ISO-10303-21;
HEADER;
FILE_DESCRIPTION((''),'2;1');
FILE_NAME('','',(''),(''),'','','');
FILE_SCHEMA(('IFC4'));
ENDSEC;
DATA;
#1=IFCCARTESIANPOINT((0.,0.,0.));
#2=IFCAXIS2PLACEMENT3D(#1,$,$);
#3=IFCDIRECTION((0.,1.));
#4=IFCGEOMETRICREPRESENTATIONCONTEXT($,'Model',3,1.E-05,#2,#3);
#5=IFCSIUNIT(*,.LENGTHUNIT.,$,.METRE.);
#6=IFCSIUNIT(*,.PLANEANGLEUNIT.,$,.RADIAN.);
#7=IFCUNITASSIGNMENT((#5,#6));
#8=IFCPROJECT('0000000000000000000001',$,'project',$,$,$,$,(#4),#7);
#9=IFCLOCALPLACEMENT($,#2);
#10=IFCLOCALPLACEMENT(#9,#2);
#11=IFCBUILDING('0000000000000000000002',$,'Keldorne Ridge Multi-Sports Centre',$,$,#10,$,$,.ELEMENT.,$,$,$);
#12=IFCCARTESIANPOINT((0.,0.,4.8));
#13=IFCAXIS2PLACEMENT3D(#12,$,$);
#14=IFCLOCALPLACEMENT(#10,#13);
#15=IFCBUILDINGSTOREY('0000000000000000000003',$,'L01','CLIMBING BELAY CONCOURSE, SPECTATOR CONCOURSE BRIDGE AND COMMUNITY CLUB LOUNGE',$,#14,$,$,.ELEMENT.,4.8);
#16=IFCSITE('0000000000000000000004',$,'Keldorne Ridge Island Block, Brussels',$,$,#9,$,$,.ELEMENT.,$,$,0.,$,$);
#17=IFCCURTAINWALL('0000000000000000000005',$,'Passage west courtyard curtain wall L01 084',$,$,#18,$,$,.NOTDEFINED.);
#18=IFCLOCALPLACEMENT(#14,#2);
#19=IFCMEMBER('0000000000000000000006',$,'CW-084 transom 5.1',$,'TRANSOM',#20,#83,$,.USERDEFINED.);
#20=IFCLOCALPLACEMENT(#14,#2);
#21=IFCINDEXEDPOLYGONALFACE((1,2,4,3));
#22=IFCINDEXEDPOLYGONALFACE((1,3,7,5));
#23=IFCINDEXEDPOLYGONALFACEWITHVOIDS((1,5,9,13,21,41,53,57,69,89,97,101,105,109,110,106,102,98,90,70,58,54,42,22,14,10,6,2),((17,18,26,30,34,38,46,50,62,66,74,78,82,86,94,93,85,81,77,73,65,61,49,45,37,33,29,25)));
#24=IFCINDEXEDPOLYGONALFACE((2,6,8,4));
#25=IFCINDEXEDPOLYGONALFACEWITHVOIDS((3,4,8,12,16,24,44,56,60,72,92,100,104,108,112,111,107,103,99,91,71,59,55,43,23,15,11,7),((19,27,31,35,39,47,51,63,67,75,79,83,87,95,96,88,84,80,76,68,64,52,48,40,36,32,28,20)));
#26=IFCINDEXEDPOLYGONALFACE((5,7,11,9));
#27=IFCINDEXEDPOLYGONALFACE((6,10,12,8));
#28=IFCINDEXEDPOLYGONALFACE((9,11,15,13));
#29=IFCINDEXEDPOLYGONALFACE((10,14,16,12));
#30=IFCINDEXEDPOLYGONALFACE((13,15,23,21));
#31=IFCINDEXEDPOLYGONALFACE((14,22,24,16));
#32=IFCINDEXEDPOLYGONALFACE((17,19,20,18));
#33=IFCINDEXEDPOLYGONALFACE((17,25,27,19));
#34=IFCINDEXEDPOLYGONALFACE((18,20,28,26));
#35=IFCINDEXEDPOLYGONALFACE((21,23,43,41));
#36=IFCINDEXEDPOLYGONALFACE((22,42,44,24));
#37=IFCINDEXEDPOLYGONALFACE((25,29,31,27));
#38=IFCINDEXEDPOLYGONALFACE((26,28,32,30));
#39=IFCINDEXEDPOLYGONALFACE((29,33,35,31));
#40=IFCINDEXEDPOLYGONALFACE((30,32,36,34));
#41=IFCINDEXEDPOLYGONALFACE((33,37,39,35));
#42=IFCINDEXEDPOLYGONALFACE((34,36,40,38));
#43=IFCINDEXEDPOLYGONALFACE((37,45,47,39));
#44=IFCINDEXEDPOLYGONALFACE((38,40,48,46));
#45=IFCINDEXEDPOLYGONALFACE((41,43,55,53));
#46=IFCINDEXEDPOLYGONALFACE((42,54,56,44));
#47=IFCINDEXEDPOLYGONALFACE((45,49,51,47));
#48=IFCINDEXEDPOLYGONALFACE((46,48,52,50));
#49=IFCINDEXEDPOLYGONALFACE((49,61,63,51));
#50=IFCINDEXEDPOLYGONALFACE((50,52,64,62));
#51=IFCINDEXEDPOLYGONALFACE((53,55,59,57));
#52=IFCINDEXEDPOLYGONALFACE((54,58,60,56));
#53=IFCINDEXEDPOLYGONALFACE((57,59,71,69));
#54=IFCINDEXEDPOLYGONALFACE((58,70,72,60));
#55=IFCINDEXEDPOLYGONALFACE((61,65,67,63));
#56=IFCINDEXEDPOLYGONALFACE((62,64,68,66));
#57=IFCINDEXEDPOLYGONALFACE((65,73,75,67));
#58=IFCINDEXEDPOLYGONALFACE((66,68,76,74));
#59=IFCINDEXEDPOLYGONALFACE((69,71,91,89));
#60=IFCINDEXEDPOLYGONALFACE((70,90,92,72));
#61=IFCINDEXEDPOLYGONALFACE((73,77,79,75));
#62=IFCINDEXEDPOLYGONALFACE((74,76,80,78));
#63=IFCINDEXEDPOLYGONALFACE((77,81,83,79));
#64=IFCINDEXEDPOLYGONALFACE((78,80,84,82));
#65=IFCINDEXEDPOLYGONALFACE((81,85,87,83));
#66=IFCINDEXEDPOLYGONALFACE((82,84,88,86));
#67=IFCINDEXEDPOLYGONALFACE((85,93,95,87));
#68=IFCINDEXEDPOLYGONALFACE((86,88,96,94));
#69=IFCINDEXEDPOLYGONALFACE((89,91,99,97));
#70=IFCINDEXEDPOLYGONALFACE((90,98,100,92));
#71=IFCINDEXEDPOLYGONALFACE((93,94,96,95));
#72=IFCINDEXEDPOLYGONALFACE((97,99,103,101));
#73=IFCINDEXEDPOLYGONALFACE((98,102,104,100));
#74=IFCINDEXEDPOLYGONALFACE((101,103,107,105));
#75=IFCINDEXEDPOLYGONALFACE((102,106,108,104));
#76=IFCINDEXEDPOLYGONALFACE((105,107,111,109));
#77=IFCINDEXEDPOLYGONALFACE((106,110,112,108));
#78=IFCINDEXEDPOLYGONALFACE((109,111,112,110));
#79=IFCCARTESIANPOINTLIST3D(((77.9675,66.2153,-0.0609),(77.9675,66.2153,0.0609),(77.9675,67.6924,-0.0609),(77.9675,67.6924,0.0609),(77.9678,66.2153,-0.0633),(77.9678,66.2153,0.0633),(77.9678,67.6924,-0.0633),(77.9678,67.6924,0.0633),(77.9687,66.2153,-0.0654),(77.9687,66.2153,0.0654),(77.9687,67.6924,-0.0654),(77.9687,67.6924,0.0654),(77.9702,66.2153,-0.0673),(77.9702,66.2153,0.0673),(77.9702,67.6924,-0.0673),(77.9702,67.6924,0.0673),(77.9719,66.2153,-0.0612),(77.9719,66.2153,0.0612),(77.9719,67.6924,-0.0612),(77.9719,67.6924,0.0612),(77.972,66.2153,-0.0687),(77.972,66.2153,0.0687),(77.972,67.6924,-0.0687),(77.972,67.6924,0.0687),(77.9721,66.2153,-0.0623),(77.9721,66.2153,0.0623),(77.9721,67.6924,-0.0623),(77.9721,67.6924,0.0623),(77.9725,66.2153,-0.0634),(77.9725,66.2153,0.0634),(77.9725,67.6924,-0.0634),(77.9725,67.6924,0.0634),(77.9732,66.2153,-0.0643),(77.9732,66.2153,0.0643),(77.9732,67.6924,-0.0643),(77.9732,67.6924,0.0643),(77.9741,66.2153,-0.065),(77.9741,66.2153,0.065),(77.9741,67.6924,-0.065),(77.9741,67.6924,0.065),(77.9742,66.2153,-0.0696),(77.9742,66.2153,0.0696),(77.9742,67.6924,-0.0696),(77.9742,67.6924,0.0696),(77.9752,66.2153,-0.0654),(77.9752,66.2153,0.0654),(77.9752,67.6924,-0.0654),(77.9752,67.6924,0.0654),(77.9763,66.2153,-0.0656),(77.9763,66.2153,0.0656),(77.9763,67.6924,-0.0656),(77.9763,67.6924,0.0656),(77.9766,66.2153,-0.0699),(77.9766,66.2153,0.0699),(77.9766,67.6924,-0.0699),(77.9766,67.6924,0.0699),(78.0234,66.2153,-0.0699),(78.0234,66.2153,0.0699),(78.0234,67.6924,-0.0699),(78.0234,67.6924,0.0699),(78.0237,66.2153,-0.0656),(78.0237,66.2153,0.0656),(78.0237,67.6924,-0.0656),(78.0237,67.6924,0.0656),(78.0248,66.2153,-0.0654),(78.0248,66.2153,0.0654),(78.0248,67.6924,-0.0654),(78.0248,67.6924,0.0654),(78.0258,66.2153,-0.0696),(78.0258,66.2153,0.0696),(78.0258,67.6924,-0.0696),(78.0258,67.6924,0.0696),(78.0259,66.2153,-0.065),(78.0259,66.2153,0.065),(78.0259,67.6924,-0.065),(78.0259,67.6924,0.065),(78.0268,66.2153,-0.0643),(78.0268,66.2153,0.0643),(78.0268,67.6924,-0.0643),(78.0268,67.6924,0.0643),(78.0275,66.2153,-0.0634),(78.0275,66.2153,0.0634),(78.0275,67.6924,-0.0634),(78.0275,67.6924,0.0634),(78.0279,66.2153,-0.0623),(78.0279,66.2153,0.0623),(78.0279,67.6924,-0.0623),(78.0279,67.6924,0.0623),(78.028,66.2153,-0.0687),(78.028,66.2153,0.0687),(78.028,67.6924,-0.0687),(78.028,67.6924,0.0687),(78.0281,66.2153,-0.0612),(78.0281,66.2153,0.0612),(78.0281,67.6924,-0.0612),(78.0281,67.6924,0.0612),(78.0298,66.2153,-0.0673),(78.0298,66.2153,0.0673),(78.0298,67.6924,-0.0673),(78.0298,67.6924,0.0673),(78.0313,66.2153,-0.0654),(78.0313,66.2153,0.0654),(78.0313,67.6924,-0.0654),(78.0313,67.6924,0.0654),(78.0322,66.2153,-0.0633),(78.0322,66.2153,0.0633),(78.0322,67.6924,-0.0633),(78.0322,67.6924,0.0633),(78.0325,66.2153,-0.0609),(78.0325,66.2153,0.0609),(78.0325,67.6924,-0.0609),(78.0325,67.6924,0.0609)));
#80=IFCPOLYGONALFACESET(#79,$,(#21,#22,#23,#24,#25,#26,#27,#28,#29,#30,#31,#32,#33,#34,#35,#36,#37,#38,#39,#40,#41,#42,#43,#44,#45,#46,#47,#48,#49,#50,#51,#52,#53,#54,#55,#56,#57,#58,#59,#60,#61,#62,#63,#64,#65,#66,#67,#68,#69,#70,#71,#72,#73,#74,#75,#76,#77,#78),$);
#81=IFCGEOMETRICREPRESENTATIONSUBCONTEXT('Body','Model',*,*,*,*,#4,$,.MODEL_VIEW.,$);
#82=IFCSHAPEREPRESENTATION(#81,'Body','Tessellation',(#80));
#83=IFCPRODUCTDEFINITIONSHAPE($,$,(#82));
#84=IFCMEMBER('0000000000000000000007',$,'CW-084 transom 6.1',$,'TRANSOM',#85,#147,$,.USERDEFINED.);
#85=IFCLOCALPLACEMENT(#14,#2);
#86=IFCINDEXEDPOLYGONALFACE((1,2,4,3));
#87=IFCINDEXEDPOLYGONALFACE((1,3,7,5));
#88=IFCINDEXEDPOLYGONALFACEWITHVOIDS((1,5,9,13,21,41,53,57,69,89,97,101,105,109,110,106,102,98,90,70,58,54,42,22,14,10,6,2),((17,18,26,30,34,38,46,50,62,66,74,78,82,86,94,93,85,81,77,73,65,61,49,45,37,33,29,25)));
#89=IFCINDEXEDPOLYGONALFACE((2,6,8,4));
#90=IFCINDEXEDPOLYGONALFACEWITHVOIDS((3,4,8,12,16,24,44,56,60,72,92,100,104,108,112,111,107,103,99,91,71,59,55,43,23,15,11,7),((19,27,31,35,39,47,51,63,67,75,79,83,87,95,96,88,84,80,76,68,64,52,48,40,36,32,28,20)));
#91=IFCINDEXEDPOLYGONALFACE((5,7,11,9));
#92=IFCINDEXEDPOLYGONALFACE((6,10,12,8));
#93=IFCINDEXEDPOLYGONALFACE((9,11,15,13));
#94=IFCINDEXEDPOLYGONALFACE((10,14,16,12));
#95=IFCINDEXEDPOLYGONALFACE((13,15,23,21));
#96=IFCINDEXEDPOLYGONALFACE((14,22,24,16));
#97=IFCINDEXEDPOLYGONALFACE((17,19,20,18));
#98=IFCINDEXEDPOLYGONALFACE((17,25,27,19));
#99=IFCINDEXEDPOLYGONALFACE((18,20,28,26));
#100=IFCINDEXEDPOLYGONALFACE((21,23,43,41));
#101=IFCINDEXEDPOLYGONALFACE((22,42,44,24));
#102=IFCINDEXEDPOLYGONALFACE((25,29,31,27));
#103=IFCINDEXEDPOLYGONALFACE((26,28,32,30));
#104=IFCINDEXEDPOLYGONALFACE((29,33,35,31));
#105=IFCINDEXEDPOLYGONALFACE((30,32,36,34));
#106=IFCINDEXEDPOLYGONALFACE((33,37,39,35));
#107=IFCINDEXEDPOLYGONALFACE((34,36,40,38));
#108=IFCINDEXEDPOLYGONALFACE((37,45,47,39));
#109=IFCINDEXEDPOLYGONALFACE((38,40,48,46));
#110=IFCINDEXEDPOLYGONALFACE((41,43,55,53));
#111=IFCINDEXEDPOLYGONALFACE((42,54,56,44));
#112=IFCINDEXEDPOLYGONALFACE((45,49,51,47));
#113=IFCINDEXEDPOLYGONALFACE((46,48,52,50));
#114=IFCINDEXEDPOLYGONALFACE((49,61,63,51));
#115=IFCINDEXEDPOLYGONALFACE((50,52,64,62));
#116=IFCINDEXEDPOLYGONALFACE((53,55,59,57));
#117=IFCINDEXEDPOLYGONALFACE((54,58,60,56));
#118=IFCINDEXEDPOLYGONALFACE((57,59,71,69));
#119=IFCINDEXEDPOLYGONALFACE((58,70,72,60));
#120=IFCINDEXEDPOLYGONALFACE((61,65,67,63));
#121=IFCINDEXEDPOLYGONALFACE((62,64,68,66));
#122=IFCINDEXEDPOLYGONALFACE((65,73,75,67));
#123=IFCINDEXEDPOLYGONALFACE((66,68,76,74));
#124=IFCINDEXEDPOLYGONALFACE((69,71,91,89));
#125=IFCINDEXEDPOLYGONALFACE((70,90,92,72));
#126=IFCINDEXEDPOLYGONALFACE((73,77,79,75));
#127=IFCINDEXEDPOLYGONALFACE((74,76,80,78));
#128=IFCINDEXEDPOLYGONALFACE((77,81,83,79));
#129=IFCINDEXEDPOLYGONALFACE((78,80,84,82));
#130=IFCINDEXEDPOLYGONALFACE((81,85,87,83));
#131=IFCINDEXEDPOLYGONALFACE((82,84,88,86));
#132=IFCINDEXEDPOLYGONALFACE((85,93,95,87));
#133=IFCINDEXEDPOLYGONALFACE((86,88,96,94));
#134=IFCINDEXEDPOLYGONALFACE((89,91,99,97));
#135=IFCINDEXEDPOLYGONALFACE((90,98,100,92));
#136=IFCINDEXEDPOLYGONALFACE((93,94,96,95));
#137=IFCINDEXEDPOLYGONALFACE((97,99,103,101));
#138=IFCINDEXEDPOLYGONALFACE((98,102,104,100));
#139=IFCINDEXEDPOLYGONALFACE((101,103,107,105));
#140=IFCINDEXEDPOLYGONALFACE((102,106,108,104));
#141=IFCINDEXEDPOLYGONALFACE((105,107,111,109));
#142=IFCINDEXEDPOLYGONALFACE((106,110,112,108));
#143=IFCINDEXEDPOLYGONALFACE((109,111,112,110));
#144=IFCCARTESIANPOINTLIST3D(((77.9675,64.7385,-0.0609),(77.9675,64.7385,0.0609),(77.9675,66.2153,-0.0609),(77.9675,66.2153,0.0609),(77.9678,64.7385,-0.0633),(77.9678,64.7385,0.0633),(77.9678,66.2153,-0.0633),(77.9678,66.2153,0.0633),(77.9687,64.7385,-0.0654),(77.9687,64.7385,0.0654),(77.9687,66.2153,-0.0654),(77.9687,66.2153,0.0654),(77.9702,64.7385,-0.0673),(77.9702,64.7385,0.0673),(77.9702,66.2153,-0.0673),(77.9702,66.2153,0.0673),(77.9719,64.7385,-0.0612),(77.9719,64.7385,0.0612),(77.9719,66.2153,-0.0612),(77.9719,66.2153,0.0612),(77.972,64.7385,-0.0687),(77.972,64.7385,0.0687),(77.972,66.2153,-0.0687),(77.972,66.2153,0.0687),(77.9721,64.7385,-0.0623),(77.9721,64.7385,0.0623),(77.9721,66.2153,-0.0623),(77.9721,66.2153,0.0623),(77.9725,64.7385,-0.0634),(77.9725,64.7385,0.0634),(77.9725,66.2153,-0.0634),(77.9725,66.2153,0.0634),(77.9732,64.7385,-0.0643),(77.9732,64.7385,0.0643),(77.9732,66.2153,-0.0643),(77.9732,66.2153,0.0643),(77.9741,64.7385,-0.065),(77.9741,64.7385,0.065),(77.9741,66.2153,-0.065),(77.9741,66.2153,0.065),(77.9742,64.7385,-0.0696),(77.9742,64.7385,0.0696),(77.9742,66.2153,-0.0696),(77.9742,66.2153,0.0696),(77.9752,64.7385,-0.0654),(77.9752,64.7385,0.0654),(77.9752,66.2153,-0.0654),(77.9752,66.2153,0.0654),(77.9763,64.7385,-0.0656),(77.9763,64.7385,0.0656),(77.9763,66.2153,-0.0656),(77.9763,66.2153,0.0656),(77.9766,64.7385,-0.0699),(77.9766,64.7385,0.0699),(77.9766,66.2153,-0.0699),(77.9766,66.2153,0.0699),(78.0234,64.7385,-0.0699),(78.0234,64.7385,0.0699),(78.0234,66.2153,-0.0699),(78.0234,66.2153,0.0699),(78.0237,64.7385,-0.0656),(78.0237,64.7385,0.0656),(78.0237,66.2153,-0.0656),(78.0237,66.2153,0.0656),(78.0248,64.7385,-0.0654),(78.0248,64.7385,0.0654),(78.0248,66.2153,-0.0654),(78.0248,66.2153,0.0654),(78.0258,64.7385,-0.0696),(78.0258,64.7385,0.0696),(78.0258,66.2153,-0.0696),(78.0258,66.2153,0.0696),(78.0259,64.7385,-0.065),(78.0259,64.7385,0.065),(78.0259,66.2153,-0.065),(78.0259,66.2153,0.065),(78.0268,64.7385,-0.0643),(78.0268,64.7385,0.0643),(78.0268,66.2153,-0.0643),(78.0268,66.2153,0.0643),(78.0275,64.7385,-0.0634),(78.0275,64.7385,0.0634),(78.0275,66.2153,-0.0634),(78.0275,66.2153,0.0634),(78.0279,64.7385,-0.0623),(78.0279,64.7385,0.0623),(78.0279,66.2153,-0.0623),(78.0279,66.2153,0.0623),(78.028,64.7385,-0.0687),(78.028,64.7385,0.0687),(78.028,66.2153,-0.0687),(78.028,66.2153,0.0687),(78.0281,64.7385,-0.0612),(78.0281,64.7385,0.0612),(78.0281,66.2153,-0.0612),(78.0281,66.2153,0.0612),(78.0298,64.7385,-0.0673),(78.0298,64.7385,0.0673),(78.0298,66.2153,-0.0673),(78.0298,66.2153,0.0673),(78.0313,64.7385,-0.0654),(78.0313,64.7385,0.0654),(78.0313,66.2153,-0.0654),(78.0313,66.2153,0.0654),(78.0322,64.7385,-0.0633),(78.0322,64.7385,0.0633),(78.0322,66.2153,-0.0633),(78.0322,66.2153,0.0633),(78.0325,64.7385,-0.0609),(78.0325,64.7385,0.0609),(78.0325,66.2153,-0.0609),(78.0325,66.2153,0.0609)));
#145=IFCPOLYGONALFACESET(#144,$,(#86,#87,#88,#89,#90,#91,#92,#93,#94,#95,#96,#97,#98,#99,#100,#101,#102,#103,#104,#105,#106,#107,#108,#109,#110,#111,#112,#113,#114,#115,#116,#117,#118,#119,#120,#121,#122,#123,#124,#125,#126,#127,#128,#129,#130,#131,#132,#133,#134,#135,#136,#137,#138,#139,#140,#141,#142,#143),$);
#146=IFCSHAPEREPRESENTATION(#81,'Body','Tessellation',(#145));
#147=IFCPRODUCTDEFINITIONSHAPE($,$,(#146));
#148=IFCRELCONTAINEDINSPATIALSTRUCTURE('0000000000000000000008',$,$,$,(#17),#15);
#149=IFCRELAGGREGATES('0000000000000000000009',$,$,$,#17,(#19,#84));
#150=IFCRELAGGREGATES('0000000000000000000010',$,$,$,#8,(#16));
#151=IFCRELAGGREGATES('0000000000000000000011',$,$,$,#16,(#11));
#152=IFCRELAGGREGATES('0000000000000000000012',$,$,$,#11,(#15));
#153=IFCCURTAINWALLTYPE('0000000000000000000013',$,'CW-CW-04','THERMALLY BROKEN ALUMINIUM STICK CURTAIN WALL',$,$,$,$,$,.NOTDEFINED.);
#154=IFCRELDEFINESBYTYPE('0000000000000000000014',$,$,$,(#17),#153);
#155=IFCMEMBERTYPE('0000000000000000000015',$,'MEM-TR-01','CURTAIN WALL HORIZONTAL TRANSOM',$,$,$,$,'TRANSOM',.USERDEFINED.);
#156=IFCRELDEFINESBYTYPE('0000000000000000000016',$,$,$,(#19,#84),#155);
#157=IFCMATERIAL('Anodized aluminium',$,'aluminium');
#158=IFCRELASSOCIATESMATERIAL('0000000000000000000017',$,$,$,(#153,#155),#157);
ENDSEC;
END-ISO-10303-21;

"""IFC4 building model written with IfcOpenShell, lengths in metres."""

from ifc_helpers import new_model, si_unit, direction, frame, origin, origin_2d, place, context, subcontext, project, spatial, hollow_rectangle, extrude, material, material_profile, profile_set, type_object, element, aggregate, save


model = new_model("IFC4")

# Units and contexts
model_context = context("Model", 3, precision=1e-05, world=origin(), true_north=direction((0.0, 1.0)))
body_context = subcontext(model_context, "Body", "Model", "MODEL_VIEW")
ifc_project = project(units=[si_unit("LENGTHUNIT", "METRE"), si_unit("PLANEANGLEUNIT", "RADIAN")], contexts=[model_context])

# Site, building, storey
site_placement = place(None, origin())
site = spatial("IfcSite", under=ifc_project, at=site_placement, Name="Keldorne Ridge Island Block, Brussels", CompositionType="ELEMENT", RefElevation=0.0)
building_placement = place(site_placement, origin())
building = spatial("IfcBuilding", under=site, at=building_placement, Name="Keldorne Ridge Multi-Sports Centre", CompositionType="ELEMENT")
storey_placement = place(building_placement, frame((0.0, 0.0, 4.8)))
storey = spatial("IfcBuildingStorey", under=building, at=storey_placement, Name="L01", Description="CLIMBING BELAY CONCOURSE, SPECTATOR CONCOURSE BRIDGE AND COMMUNITY CLUB LOUNGE", CompositionType="ELEMENT", Elevation=4.8)

# Curtain wall, members
ifc_material_1 = material(Name="Anodized aluminium", Category="aluminium")
curtain_wall_type = type_object("IfcCurtainWallType", Name="CW-CW-04", Description="THERMALLY BROKEN ALUMINIUM STICK CURTAIN WALL", PredefinedType="NOTDEFINED", material=ifc_material_1)
curtain_wall_placement = place(storey_placement, origin())
curtain_wall = element("IfcCurtainWall", 1, at=curtain_wall_placement, inside=storey, type_object=curtain_wall_type, Name="Passage west courtyard curtain wall L01 084", PredefinedType="NOTDEFINED")
ifc_material_profile_1 = material_profile(ifc_material_1, hollow_rectangle(XDim=0.0649, YDim=0.1399, WallThickness=0.0044, InnerFilletRadius=0.0044, OuterFilletRadius=0.009, at=origin_2d()), Name="ALU TRANSOM 140x65x4.5")
ifc_profile_set_1 = profile_set([ifc_material_profile_1], Name="Anodized aluminium")
member_type_1 = type_object("IfcMemberType", Name="MEM-TR-01", Description="CURTAIN WALL HORIZONTAL TRANSOM", ElementType="TRANSOM", PredefinedType="USERDEFINED", material=ifc_profile_set_1)
member_1_placement = place(storey_placement, frame((78.0, 67.6924, 0.0), z_axis=(0.0, -1.0, 0.0), x_axis=(1.0, 0.0, 0.0)))
member_1 = element("IfcMember", 2, at=member_1_placement, type_object=member_type_1, Name="CW-084 transom 5.1", ObjectType="TRANSOM", PredefinedType="USERDEFINED", context=body_context, shape_type="SweptSolid", body=[
    extrude(hollow_rectangle(XDim=0.0649, YDim=0.1399, WallThickness=0.0044, InnerFilletRadius=0.0044, OuterFilletRadius=0.009, at=origin_2d()), origin(), (0.0, 0.0, 1.0), 1.4771),
])
member_2_placement = place(storey_placement, frame((78.0, 66.2153, 0.0), z_axis=(0.0, -1.0, 0.0), x_axis=(1.0, 0.0, 0.0)))
member_2 = element("IfcMember", 3, at=member_2_placement, type_object=member_type_1, Name="CW-084 transom 6.1", ObjectType="TRANSOM", PredefinedType="USERDEFINED", context=body_context, shape_type="SweptSolid", body=[
    extrude(hollow_rectangle(XDim=0.0649, YDim=0.1399, WallThickness=0.0044, InnerFilletRadius=0.0044, OuterFilletRadius=0.009, at=origin_2d()), origin(), (0.0, 0.0, 1.0), 1.4768),
])
aggregate(curtain_wall, [member_1, member_2])

save(model, "model.ifc")
